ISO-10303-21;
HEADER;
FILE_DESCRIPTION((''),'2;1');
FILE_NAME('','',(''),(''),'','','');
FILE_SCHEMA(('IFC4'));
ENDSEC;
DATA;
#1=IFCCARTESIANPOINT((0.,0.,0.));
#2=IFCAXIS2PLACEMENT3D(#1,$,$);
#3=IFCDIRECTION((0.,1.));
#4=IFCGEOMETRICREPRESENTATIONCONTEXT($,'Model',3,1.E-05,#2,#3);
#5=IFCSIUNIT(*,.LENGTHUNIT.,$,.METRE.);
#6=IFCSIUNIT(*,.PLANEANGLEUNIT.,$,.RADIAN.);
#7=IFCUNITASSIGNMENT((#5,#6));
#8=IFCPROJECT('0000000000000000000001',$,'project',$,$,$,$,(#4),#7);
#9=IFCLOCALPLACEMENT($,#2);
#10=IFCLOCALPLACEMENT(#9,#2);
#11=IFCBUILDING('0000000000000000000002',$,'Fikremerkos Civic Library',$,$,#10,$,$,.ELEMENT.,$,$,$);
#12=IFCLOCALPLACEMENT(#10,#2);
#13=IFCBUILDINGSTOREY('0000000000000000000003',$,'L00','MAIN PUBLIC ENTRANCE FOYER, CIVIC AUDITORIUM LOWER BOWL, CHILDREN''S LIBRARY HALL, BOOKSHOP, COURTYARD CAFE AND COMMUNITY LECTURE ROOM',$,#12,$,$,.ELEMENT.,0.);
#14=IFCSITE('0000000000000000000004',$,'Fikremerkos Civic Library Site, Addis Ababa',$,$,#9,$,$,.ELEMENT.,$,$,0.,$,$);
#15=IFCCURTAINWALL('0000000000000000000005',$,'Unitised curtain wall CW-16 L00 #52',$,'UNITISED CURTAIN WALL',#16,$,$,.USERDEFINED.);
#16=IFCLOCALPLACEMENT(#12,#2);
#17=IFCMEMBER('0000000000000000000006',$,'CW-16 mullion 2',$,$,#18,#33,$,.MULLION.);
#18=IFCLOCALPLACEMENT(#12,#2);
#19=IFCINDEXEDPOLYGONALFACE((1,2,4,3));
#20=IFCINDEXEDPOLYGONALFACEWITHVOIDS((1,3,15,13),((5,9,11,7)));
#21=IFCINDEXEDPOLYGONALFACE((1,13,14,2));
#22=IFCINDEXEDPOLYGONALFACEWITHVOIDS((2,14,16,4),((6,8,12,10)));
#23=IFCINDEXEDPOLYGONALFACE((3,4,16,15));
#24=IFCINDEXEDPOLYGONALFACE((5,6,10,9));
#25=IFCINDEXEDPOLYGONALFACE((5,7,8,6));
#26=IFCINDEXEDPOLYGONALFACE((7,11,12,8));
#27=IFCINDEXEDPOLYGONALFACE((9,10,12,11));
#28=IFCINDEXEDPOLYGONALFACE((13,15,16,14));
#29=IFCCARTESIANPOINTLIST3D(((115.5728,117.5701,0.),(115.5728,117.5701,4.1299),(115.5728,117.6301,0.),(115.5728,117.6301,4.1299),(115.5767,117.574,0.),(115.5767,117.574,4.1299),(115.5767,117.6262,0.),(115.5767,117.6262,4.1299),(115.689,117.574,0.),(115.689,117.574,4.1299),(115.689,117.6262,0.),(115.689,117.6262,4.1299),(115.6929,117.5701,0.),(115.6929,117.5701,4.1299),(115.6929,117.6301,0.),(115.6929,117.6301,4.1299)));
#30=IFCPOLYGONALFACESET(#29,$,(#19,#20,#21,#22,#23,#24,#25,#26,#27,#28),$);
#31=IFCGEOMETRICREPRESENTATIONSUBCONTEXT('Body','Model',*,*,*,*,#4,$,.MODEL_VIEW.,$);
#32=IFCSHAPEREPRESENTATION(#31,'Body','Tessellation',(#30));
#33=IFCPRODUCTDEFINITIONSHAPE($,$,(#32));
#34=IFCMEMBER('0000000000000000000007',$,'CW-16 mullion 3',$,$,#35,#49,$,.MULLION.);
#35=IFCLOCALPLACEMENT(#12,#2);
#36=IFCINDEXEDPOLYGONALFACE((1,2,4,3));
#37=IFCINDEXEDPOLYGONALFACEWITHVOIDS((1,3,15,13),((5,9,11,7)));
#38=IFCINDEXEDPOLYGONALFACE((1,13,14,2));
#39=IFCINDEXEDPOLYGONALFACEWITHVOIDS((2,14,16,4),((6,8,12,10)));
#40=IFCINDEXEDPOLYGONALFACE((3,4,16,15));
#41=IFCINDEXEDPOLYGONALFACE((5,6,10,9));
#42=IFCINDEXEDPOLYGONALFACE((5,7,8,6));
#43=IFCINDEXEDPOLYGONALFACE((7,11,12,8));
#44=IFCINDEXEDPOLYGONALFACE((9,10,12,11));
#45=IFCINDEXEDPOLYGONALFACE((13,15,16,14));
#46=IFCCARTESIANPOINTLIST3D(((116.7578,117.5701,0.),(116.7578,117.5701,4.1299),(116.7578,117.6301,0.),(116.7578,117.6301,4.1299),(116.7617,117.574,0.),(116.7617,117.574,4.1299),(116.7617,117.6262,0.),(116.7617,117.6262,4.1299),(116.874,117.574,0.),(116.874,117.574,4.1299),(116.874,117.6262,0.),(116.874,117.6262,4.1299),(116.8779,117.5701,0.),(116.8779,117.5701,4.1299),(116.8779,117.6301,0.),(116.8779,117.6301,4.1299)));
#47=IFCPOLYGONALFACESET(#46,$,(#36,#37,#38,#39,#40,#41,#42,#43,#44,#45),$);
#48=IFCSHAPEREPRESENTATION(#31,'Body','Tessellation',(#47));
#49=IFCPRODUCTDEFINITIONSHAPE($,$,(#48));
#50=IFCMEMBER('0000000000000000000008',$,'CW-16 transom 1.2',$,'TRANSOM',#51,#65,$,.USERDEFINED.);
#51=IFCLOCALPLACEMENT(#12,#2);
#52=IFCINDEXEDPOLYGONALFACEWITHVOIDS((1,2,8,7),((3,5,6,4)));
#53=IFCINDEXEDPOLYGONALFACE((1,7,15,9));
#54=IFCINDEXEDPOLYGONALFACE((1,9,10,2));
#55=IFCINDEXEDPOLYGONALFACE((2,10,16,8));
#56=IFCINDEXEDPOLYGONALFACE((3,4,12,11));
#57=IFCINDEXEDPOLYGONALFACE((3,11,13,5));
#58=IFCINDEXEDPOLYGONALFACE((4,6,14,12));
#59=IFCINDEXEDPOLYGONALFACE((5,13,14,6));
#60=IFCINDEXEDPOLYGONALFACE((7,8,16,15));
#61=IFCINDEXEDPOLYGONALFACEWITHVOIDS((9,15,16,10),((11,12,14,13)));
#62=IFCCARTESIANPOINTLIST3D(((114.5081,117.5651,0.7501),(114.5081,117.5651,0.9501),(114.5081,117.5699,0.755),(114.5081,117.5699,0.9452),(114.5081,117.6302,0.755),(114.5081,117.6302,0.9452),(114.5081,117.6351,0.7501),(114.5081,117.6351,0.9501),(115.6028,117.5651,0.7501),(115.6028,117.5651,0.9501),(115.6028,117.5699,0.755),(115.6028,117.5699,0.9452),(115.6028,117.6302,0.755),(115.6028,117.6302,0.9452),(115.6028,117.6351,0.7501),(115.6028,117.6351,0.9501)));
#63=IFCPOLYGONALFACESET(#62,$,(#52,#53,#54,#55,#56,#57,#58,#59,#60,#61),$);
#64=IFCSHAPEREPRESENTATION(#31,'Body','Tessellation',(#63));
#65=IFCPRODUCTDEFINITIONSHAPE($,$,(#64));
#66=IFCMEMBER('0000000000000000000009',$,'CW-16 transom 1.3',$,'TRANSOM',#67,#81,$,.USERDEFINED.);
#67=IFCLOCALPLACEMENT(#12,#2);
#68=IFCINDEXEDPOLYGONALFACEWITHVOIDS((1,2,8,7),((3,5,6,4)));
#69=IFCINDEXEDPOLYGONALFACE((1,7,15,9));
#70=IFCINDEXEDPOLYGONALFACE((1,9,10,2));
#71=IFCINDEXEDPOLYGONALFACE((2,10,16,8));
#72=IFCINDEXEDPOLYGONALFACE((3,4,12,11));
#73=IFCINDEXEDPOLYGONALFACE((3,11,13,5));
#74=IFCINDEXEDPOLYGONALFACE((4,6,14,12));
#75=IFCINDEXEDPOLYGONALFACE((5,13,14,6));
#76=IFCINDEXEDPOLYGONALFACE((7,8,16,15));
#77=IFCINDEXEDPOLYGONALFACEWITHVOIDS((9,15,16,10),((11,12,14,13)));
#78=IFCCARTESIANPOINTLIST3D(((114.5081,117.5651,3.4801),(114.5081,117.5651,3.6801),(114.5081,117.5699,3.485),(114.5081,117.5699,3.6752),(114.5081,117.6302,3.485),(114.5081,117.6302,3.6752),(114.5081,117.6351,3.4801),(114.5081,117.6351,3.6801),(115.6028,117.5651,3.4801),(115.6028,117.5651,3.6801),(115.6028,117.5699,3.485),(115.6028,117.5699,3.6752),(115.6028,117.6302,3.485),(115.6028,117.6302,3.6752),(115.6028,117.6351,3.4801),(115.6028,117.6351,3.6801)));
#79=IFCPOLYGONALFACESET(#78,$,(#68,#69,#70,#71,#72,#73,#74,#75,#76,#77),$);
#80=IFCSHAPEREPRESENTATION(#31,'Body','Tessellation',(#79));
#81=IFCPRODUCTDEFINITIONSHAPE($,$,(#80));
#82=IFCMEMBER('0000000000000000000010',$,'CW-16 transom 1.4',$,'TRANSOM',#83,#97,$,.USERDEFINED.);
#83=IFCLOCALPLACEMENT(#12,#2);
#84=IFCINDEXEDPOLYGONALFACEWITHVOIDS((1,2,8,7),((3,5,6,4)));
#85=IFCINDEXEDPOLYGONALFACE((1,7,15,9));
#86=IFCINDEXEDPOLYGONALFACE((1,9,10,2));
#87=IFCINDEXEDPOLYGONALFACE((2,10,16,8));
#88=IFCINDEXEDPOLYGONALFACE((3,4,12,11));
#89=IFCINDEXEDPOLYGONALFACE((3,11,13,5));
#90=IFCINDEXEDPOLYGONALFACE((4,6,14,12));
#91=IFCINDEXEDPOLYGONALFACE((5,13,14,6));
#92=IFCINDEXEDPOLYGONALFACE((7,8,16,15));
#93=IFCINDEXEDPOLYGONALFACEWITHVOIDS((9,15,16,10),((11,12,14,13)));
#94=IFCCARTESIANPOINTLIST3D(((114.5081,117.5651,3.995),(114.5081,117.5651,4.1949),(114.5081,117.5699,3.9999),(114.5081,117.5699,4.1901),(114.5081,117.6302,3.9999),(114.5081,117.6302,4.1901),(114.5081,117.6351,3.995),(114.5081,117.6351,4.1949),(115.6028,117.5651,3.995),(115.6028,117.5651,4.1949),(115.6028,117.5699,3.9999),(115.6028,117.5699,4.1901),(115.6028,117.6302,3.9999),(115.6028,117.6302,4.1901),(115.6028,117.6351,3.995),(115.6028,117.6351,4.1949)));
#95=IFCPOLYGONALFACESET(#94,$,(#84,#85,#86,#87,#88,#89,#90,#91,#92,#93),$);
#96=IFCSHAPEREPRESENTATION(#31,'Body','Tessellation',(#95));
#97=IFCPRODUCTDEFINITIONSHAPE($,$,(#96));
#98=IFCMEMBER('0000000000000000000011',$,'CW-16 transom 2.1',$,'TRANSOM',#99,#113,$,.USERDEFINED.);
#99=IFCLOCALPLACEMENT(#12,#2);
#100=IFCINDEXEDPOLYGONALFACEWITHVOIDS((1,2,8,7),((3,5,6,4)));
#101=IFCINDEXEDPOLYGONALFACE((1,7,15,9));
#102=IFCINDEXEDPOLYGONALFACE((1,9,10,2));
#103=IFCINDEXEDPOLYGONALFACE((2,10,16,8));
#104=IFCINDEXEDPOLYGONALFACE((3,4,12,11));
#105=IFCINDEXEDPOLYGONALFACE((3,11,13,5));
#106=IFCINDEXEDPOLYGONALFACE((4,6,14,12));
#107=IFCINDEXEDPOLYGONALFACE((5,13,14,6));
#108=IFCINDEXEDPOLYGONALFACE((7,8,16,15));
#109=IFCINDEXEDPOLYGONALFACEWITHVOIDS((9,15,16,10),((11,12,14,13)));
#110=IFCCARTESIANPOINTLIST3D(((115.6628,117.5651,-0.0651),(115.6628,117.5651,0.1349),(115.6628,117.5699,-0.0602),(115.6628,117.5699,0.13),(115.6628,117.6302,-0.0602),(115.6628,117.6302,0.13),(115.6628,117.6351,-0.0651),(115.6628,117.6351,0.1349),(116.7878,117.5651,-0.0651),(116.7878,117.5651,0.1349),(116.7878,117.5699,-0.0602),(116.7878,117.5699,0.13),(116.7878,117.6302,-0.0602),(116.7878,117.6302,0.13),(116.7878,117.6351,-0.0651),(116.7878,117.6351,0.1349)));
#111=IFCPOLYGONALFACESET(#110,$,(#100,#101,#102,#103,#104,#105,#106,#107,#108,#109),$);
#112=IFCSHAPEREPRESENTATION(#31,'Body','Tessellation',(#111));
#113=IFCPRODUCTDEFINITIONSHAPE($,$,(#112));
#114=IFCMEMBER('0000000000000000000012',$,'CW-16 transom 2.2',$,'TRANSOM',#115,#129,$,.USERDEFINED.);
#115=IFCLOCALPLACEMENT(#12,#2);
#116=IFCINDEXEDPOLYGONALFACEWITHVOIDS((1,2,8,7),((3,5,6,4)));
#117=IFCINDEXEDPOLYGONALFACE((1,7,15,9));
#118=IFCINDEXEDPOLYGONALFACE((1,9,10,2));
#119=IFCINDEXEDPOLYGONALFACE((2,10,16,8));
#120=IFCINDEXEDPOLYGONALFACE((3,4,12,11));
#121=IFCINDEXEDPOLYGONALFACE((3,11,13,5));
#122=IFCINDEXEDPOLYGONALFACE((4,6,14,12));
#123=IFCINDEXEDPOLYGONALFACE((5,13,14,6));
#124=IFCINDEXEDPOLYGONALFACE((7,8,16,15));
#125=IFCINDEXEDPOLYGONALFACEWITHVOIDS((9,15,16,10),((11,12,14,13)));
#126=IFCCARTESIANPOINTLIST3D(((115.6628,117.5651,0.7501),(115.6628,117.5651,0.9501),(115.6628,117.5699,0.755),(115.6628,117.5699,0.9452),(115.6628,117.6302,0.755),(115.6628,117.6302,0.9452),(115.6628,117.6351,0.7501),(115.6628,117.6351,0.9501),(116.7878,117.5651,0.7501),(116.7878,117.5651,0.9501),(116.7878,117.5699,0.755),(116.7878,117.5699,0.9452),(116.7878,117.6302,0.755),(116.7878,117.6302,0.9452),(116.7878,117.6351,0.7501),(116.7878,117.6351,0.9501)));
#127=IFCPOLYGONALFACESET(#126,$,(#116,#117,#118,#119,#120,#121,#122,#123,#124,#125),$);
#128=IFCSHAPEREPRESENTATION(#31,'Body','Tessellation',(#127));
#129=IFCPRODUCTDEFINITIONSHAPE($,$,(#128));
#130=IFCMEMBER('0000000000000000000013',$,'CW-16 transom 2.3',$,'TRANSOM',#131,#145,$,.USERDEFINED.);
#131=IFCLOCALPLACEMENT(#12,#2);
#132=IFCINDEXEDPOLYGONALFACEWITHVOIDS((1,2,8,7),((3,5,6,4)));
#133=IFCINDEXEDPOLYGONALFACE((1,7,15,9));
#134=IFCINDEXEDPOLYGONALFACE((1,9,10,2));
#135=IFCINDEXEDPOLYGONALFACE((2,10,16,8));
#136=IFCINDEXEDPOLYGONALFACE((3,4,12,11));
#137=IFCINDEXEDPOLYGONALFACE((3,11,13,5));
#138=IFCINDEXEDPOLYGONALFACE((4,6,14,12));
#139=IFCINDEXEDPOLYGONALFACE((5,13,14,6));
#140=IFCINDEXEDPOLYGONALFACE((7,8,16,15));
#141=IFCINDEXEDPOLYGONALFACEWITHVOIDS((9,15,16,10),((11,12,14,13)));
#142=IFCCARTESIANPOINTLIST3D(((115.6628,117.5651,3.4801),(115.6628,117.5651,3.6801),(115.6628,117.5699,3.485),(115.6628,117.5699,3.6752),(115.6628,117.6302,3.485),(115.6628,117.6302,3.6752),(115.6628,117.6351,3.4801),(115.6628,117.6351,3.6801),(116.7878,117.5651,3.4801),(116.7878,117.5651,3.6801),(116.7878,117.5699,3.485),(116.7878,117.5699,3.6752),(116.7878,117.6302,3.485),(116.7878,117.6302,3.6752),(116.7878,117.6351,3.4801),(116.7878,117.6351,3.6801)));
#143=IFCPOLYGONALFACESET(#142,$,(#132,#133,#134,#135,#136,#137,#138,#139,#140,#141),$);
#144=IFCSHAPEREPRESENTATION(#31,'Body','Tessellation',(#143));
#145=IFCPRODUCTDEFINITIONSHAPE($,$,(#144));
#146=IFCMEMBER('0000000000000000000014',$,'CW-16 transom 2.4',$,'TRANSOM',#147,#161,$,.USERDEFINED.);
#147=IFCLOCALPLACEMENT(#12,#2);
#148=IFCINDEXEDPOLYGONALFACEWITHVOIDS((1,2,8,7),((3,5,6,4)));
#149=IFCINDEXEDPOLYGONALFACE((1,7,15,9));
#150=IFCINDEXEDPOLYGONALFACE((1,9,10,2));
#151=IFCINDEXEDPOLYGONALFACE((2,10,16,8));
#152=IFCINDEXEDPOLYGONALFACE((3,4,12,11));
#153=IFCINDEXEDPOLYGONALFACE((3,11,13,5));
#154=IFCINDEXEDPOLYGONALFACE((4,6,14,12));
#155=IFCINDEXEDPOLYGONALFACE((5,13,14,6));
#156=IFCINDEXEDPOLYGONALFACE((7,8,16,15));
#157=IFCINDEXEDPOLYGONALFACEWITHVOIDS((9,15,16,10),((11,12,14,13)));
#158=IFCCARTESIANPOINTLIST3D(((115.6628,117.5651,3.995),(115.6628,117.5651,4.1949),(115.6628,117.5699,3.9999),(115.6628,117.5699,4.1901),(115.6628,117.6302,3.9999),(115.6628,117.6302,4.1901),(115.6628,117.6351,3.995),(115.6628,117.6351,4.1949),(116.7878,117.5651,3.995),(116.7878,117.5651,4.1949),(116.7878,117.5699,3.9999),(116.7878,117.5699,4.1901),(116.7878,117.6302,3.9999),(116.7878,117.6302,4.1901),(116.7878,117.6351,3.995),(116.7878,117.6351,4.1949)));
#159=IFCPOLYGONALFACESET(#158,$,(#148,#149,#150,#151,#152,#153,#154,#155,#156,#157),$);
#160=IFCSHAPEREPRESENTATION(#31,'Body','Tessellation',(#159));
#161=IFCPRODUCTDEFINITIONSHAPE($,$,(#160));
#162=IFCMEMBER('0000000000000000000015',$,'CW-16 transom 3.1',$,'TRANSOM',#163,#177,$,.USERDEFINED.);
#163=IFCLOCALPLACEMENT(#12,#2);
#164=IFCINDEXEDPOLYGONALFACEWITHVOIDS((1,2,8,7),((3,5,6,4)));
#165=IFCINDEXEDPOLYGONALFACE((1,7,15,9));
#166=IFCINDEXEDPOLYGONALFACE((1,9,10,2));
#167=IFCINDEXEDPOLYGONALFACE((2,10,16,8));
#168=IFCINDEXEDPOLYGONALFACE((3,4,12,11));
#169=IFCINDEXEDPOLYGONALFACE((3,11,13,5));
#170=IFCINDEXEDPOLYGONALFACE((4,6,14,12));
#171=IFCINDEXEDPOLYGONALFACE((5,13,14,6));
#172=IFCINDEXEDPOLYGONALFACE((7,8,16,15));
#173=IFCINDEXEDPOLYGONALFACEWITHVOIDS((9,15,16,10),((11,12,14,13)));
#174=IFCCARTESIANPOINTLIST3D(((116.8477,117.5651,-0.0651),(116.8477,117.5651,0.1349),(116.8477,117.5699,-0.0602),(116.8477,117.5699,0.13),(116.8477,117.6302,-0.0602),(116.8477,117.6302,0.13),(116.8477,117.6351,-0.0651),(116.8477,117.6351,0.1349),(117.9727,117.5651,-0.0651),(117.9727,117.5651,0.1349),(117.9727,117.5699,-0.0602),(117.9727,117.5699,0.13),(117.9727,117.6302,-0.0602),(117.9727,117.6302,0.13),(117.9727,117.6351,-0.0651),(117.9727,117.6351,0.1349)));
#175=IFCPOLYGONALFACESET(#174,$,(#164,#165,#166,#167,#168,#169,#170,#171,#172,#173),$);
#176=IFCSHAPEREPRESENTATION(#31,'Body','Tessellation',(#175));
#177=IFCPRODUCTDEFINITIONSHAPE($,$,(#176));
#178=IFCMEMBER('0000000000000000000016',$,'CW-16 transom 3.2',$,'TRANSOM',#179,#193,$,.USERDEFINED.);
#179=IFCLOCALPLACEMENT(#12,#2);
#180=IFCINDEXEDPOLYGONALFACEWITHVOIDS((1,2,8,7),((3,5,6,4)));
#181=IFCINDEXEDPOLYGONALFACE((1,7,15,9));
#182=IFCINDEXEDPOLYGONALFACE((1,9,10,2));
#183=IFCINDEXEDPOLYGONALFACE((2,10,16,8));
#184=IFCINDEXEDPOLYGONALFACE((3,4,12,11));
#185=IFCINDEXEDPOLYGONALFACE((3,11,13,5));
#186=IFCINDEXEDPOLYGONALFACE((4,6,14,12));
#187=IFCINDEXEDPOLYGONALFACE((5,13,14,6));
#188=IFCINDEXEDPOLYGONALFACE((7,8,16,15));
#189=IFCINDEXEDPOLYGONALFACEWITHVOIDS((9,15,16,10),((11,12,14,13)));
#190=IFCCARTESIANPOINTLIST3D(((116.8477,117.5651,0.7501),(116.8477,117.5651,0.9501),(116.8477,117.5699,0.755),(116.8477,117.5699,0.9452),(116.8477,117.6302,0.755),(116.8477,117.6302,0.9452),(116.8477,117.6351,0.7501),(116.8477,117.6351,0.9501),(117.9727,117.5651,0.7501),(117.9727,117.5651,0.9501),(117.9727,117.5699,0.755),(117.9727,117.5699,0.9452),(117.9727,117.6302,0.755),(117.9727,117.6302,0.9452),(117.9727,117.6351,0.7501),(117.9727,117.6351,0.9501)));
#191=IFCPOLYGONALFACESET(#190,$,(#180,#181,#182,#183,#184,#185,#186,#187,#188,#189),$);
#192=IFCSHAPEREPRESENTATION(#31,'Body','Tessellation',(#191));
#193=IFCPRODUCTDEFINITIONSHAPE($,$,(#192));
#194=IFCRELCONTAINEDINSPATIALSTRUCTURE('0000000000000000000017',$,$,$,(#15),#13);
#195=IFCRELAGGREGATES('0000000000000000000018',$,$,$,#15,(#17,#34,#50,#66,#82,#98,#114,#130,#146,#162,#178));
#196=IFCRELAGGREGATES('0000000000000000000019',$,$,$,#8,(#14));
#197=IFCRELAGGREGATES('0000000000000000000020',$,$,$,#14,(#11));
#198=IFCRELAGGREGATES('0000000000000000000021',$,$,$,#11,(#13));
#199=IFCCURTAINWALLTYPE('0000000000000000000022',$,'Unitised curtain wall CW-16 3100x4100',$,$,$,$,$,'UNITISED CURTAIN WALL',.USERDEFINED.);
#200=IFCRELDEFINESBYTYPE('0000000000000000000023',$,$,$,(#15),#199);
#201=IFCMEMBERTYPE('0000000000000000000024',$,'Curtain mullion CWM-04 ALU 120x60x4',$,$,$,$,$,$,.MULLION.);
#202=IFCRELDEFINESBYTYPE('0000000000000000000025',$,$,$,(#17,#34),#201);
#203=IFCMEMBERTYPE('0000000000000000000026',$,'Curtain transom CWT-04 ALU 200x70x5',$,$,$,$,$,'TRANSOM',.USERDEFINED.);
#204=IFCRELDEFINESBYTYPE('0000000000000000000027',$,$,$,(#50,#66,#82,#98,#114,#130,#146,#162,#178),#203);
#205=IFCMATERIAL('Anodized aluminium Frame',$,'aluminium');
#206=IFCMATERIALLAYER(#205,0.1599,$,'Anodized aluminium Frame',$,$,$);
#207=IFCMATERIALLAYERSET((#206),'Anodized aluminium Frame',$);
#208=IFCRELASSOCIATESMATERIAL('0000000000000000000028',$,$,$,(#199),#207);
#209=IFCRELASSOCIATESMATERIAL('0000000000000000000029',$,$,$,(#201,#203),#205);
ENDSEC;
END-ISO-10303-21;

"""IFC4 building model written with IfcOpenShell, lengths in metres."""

from ifc_helpers import new_model, si_unit, direction, frame, origin, origin_2d, place, context, subcontext, project, spatial, hollow_rectangle, extrude, material, layer, layer_set, material_profile, profile_set, type_object, element, aggregate, save


model = new_model("IFC4")

# Units and contexts
model_context = context("Model", 3, precision=1e-05, world=origin(), true_north=direction((0.0, 1.0)))
body_context = subcontext(model_context, "Body", "Model", "MODEL_VIEW")
ifc_project = project(units=[si_unit("LENGTHUNIT", "METRE"), si_unit("PLANEANGLEUNIT", "RADIAN")], contexts=[model_context])

# Site, building, storey
site_placement = place(None, origin())
site = spatial("IfcSite", under=ifc_project, at=site_placement, Name="Fikremerkos Civic Library Site, Addis Ababa", CompositionType="ELEMENT", RefElevation=0.0)
building_placement = place(site_placement, origin())
building = spatial("IfcBuilding", under=site, at=building_placement, Name="Fikremerkos Civic Library", CompositionType="ELEMENT")
storey_placement = place(building_placement, origin())
storey = spatial("IfcBuildingStorey", under=building, at=storey_placement, Name="L00", Description="MAIN PUBLIC ENTRANCE FOYER, CIVIC AUDITORIUM LOWER BOWL, CHILDREN'S LIBRARY HALL, BOOKSHOP, COURTYARD CAFE AND COMMUNITY LECTURE ROOM", CompositionType="ELEMENT", Elevation=0.0)

# Curtain wall, members
ifc_material_1 = material(Name="Anodized aluminium Frame", Category="aluminium")
ifc_layer_1 = layer(ifc_material_1, 0.1599, Name="Anodized aluminium Frame")
ifc_layer_set_1 = layer_set([ifc_layer_1], Name="Anodized aluminium Frame")
curtain_wall_type = type_object("IfcCurtainWallType", Name="Unitised curtain wall CW-16 3100x4100", ElementType="UNITISED CURTAIN WALL", PredefinedType="USERDEFINED", material=ifc_layer_set_1)
curtain_wall_placement = place(storey_placement, origin())
curtain_wall = element("IfcCurtainWall", 1, at=curtain_wall_placement, inside=storey, type_object=curtain_wall_type, Name="Unitised curtain wall CW-16 L00 #52", ObjectType="UNITISED CURTAIN WALL", PredefinedType="USERDEFINED")
ifc_material_profile_1 = material_profile(ifc_material_1, hollow_rectangle(XDim=0.0601, YDim=0.1201, WallThickness=0.0039, at=origin_2d()), Name="ALU 120x60x4")
ifc_profile_set_1 = profile_set([ifc_material_profile_1], Name="Anodized aluminium Frame")
member_type_1 = type_object("IfcMemberType", Name="Curtain mullion CWM-04 ALU 120x60x4", PredefinedType="MULLION", material=ifc_profile_set_1)
member_1_placement = place(storey_placement, frame((115.6328, 117.6001, 0.0), z_axis=(0.0, 0.0, 1.0), x_axis=(0.0, 1.0, 0.0)))
member_1 = element("IfcMember", 2, at=member_1_placement, type_object=member_type_1, Name="CW-16 mullion 2", PredefinedType="MULLION", context=body_context, shape_type="SweptSolid", body=[
    extrude(hollow_rectangle(XDim=0.0601, YDim=0.1201, WallThickness=0.0039, at=origin_2d()), origin(), (0.0, 0.0, 1.0), 4.1299),
])
member_2_placement = place(storey_placement, frame((116.8179, 117.6001, 0.0), z_axis=(0.0, 0.0, 1.0), x_axis=(0.0, 1.0, 0.0)))
member_2 = element("IfcMember", 3, at=member_2_placement, type_object=member_type_1, Name="CW-16 mullion 3", PredefinedType="MULLION", context=body_context, shape_type="SweptSolid", body=[
    extrude(hollow_rectangle(XDim=0.0601, YDim=0.1201, WallThickness=0.0039, at=origin_2d()), origin(), (0.0, 0.0, 1.0), 4.1299),
])
ifc_material_profile_2 = material_profile(ifc_material_1, hollow_rectangle(XDim=0.0701, YDim=0.2, WallThickness=0.0049, at=origin_2d()), Name="ALU 200x70x5")
ifc_profile_set_2 = profile_set([ifc_material_profile_2], Name="Anodized aluminium Frame")
member_type_2 = type_object("IfcMemberType", Name="Curtain transom CWT-04 ALU 200x70x5", ElementType="TRANSOM", PredefinedType="USERDEFINED", material=ifc_profile_set_2)
member_3_placement = place(storey_placement, frame((114.5081, 117.6001, 0.8501), z_axis=(1.0, 0.0, 0.0), x_axis=(0.0, 1.0, 0.0)))
member_3 = element("IfcMember", 4, at=member_3_placement, type_object=member_type_2, Name="CW-16 transom 1.2", ObjectType="TRANSOM", PredefinedType="USERDEFINED", context=body_context, shape_type="SweptSolid", body=[
    extrude(hollow_rectangle(XDim=0.0701, YDim=0.2, WallThickness=0.0049, at=origin_2d()), origin(), (0.0, 0.0, 1.0), 1.0947),
])
member_4_placement = place(storey_placement, frame((114.5081, 117.6001, 3.5801), z_axis=(1.0, 0.0, 0.0), x_axis=(0.0, 1.0, 0.0)))
member_4 = element("IfcMember", 5, at=member_4_placement, type_object=member_type_2, Name="CW-16 transom 1.3", ObjectType="TRANSOM", PredefinedType="USERDEFINED", context=body_context, shape_type="SweptSolid", body=[
    extrude(hollow_rectangle(XDim=0.0701, YDim=0.2, WallThickness=0.0049, at=origin_2d()), origin(), (0.0, 0.0, 1.0), 1.0947),
])
member_5_placement = place(storey_placement, frame((114.5081, 117.6001, 4.095), z_axis=(1.0, 0.0, 0.0), x_axis=(0.0, 1.0, 0.0)))
member_5 = element("IfcMember", 6, at=member_5_placement, type_object=member_type_2, Name="CW-16 transom 1.4", ObjectType="TRANSOM", PredefinedType="USERDEFINED", context=body_context, shape_type="SweptSolid", body=[
    extrude(hollow_rectangle(XDim=0.0701, YDim=0.2, WallThickness=0.0049, at=origin_2d()), origin(), (0.0, 0.0, 1.0), 1.0947),
])
member_6_placement = place(storey_placement, frame((115.6628, 117.6001, 0.0349), z_axis=(1.0, 0.0, 0.0), x_axis=(0.0, 1.0, 0.0)))
member_6 = element("IfcMember", 7, at=member_6_placement, type_object=member_type_2, Name="CW-16 transom 2.1", ObjectType="TRANSOM", PredefinedType="USERDEFINED", context=body_context, shape_type="SweptSolid", body=[
    extrude(hollow_rectangle(XDim=0.0701, YDim=0.2, WallThickness=0.0049, at=origin_2d()), origin(), (0.0, 0.0, 1.0), 1.125),
])
member_7_placement = place(storey_placement, frame((115.6628, 117.6001, 0.8501), z_axis=(1.0, 0.0, 0.0), x_axis=(0.0, 1.0, 0.0)))
member_7 = element("IfcMember", 8, at=member_7_placement, type_object=member_type_2, Name="CW-16 transom 2.2", ObjectType="TRANSOM", PredefinedType="USERDEFINED", context=body_context, shape_type="SweptSolid", body=[
    extrude(hollow_rectangle(XDim=0.0701, YDim=0.2, WallThickness=0.0049, at=origin_2d()), origin(), (0.0, 0.0, 1.0), 1.125),
])
member_8_placement = place(storey_placement, frame((115.6628, 117.6001, 3.5801), z_axis=(1.0, 0.0, 0.0), x_axis=(0.0, 1.0, 0.0)))
member_8 = element("IfcMember", 9, at=member_8_placement, type_object=member_type_2, Name="CW-16 transom 2.3", ObjectType="TRANSOM", PredefinedType="USERDEFINED", context=body_context, shape_type="SweptSolid", body=[
    extrude(hollow_rectangle(XDim=0.0701, YDim=0.2, WallThickness=0.0049, at=origin_2d()), origin(), (0.0, 0.0, 1.0), 1.125),
])
member_9_placement = place(storey_placement, frame((115.6628, 117.6001, 4.095), z_axis=(1.0, 0.0, 0.0), x_axis=(0.0, 1.0, 0.0)))
member_9 = element("IfcMember", 10, at=member_9_placement, type_object=member_type_2, Name="CW-16 transom 2.4", ObjectType="TRANSOM", PredefinedType="USERDEFINED", context=body_context, shape_type="SweptSolid", body=[
    extrude(hollow_rectangle(XDim=0.0701, YDim=0.2, WallThickness=0.0049, at=origin_2d()), origin(), (0.0, 0.0, 1.0), 1.125),
])
member_10_placement = place(storey_placement, frame((116.8477, 117.6001, 0.0349), z_axis=(1.0, 0.0, 0.0), x_axis=(0.0, 1.0, 0.0)))
member_10 = element("IfcMember", 11, at=member_10_placement, type_object=member_type_2, Name="CW-16 transom 3.1", ObjectType="TRANSOM", PredefinedType="USERDEFINED", context=body_context, shape_type="SweptSolid", body=[
    extrude(hollow_rectangle(XDim=0.0701, YDim=0.2, WallThickness=0.0049, at=origin_2d()), origin(), (0.0, 0.0, 1.0), 1.125),
])
member_11_placement = place(storey_placement, frame((116.8477, 117.6001, 0.8501), z_axis=(1.0, 0.0, 0.0), x_axis=(0.0, 1.0, 0.0)))
member_11 = element("IfcMember", 12, at=member_11_placement, type_object=member_type_2, Name="CW-16 transom 3.2", ObjectType="TRANSOM", PredefinedType="USERDEFINED", context=body_context, shape_type="SweptSolid", body=[
    extrude(hollow_rectangle(XDim=0.0701, YDim=0.2, WallThickness=0.0049, at=origin_2d()), origin(), (0.0, 0.0, 1.0), 1.125),
])
aggregate(curtain_wall, [member_1, member_2, member_3, member_4, member_5, member_6, member_7, member_8, member_9, member_10, member_11])

save(model, "model.ifc")
